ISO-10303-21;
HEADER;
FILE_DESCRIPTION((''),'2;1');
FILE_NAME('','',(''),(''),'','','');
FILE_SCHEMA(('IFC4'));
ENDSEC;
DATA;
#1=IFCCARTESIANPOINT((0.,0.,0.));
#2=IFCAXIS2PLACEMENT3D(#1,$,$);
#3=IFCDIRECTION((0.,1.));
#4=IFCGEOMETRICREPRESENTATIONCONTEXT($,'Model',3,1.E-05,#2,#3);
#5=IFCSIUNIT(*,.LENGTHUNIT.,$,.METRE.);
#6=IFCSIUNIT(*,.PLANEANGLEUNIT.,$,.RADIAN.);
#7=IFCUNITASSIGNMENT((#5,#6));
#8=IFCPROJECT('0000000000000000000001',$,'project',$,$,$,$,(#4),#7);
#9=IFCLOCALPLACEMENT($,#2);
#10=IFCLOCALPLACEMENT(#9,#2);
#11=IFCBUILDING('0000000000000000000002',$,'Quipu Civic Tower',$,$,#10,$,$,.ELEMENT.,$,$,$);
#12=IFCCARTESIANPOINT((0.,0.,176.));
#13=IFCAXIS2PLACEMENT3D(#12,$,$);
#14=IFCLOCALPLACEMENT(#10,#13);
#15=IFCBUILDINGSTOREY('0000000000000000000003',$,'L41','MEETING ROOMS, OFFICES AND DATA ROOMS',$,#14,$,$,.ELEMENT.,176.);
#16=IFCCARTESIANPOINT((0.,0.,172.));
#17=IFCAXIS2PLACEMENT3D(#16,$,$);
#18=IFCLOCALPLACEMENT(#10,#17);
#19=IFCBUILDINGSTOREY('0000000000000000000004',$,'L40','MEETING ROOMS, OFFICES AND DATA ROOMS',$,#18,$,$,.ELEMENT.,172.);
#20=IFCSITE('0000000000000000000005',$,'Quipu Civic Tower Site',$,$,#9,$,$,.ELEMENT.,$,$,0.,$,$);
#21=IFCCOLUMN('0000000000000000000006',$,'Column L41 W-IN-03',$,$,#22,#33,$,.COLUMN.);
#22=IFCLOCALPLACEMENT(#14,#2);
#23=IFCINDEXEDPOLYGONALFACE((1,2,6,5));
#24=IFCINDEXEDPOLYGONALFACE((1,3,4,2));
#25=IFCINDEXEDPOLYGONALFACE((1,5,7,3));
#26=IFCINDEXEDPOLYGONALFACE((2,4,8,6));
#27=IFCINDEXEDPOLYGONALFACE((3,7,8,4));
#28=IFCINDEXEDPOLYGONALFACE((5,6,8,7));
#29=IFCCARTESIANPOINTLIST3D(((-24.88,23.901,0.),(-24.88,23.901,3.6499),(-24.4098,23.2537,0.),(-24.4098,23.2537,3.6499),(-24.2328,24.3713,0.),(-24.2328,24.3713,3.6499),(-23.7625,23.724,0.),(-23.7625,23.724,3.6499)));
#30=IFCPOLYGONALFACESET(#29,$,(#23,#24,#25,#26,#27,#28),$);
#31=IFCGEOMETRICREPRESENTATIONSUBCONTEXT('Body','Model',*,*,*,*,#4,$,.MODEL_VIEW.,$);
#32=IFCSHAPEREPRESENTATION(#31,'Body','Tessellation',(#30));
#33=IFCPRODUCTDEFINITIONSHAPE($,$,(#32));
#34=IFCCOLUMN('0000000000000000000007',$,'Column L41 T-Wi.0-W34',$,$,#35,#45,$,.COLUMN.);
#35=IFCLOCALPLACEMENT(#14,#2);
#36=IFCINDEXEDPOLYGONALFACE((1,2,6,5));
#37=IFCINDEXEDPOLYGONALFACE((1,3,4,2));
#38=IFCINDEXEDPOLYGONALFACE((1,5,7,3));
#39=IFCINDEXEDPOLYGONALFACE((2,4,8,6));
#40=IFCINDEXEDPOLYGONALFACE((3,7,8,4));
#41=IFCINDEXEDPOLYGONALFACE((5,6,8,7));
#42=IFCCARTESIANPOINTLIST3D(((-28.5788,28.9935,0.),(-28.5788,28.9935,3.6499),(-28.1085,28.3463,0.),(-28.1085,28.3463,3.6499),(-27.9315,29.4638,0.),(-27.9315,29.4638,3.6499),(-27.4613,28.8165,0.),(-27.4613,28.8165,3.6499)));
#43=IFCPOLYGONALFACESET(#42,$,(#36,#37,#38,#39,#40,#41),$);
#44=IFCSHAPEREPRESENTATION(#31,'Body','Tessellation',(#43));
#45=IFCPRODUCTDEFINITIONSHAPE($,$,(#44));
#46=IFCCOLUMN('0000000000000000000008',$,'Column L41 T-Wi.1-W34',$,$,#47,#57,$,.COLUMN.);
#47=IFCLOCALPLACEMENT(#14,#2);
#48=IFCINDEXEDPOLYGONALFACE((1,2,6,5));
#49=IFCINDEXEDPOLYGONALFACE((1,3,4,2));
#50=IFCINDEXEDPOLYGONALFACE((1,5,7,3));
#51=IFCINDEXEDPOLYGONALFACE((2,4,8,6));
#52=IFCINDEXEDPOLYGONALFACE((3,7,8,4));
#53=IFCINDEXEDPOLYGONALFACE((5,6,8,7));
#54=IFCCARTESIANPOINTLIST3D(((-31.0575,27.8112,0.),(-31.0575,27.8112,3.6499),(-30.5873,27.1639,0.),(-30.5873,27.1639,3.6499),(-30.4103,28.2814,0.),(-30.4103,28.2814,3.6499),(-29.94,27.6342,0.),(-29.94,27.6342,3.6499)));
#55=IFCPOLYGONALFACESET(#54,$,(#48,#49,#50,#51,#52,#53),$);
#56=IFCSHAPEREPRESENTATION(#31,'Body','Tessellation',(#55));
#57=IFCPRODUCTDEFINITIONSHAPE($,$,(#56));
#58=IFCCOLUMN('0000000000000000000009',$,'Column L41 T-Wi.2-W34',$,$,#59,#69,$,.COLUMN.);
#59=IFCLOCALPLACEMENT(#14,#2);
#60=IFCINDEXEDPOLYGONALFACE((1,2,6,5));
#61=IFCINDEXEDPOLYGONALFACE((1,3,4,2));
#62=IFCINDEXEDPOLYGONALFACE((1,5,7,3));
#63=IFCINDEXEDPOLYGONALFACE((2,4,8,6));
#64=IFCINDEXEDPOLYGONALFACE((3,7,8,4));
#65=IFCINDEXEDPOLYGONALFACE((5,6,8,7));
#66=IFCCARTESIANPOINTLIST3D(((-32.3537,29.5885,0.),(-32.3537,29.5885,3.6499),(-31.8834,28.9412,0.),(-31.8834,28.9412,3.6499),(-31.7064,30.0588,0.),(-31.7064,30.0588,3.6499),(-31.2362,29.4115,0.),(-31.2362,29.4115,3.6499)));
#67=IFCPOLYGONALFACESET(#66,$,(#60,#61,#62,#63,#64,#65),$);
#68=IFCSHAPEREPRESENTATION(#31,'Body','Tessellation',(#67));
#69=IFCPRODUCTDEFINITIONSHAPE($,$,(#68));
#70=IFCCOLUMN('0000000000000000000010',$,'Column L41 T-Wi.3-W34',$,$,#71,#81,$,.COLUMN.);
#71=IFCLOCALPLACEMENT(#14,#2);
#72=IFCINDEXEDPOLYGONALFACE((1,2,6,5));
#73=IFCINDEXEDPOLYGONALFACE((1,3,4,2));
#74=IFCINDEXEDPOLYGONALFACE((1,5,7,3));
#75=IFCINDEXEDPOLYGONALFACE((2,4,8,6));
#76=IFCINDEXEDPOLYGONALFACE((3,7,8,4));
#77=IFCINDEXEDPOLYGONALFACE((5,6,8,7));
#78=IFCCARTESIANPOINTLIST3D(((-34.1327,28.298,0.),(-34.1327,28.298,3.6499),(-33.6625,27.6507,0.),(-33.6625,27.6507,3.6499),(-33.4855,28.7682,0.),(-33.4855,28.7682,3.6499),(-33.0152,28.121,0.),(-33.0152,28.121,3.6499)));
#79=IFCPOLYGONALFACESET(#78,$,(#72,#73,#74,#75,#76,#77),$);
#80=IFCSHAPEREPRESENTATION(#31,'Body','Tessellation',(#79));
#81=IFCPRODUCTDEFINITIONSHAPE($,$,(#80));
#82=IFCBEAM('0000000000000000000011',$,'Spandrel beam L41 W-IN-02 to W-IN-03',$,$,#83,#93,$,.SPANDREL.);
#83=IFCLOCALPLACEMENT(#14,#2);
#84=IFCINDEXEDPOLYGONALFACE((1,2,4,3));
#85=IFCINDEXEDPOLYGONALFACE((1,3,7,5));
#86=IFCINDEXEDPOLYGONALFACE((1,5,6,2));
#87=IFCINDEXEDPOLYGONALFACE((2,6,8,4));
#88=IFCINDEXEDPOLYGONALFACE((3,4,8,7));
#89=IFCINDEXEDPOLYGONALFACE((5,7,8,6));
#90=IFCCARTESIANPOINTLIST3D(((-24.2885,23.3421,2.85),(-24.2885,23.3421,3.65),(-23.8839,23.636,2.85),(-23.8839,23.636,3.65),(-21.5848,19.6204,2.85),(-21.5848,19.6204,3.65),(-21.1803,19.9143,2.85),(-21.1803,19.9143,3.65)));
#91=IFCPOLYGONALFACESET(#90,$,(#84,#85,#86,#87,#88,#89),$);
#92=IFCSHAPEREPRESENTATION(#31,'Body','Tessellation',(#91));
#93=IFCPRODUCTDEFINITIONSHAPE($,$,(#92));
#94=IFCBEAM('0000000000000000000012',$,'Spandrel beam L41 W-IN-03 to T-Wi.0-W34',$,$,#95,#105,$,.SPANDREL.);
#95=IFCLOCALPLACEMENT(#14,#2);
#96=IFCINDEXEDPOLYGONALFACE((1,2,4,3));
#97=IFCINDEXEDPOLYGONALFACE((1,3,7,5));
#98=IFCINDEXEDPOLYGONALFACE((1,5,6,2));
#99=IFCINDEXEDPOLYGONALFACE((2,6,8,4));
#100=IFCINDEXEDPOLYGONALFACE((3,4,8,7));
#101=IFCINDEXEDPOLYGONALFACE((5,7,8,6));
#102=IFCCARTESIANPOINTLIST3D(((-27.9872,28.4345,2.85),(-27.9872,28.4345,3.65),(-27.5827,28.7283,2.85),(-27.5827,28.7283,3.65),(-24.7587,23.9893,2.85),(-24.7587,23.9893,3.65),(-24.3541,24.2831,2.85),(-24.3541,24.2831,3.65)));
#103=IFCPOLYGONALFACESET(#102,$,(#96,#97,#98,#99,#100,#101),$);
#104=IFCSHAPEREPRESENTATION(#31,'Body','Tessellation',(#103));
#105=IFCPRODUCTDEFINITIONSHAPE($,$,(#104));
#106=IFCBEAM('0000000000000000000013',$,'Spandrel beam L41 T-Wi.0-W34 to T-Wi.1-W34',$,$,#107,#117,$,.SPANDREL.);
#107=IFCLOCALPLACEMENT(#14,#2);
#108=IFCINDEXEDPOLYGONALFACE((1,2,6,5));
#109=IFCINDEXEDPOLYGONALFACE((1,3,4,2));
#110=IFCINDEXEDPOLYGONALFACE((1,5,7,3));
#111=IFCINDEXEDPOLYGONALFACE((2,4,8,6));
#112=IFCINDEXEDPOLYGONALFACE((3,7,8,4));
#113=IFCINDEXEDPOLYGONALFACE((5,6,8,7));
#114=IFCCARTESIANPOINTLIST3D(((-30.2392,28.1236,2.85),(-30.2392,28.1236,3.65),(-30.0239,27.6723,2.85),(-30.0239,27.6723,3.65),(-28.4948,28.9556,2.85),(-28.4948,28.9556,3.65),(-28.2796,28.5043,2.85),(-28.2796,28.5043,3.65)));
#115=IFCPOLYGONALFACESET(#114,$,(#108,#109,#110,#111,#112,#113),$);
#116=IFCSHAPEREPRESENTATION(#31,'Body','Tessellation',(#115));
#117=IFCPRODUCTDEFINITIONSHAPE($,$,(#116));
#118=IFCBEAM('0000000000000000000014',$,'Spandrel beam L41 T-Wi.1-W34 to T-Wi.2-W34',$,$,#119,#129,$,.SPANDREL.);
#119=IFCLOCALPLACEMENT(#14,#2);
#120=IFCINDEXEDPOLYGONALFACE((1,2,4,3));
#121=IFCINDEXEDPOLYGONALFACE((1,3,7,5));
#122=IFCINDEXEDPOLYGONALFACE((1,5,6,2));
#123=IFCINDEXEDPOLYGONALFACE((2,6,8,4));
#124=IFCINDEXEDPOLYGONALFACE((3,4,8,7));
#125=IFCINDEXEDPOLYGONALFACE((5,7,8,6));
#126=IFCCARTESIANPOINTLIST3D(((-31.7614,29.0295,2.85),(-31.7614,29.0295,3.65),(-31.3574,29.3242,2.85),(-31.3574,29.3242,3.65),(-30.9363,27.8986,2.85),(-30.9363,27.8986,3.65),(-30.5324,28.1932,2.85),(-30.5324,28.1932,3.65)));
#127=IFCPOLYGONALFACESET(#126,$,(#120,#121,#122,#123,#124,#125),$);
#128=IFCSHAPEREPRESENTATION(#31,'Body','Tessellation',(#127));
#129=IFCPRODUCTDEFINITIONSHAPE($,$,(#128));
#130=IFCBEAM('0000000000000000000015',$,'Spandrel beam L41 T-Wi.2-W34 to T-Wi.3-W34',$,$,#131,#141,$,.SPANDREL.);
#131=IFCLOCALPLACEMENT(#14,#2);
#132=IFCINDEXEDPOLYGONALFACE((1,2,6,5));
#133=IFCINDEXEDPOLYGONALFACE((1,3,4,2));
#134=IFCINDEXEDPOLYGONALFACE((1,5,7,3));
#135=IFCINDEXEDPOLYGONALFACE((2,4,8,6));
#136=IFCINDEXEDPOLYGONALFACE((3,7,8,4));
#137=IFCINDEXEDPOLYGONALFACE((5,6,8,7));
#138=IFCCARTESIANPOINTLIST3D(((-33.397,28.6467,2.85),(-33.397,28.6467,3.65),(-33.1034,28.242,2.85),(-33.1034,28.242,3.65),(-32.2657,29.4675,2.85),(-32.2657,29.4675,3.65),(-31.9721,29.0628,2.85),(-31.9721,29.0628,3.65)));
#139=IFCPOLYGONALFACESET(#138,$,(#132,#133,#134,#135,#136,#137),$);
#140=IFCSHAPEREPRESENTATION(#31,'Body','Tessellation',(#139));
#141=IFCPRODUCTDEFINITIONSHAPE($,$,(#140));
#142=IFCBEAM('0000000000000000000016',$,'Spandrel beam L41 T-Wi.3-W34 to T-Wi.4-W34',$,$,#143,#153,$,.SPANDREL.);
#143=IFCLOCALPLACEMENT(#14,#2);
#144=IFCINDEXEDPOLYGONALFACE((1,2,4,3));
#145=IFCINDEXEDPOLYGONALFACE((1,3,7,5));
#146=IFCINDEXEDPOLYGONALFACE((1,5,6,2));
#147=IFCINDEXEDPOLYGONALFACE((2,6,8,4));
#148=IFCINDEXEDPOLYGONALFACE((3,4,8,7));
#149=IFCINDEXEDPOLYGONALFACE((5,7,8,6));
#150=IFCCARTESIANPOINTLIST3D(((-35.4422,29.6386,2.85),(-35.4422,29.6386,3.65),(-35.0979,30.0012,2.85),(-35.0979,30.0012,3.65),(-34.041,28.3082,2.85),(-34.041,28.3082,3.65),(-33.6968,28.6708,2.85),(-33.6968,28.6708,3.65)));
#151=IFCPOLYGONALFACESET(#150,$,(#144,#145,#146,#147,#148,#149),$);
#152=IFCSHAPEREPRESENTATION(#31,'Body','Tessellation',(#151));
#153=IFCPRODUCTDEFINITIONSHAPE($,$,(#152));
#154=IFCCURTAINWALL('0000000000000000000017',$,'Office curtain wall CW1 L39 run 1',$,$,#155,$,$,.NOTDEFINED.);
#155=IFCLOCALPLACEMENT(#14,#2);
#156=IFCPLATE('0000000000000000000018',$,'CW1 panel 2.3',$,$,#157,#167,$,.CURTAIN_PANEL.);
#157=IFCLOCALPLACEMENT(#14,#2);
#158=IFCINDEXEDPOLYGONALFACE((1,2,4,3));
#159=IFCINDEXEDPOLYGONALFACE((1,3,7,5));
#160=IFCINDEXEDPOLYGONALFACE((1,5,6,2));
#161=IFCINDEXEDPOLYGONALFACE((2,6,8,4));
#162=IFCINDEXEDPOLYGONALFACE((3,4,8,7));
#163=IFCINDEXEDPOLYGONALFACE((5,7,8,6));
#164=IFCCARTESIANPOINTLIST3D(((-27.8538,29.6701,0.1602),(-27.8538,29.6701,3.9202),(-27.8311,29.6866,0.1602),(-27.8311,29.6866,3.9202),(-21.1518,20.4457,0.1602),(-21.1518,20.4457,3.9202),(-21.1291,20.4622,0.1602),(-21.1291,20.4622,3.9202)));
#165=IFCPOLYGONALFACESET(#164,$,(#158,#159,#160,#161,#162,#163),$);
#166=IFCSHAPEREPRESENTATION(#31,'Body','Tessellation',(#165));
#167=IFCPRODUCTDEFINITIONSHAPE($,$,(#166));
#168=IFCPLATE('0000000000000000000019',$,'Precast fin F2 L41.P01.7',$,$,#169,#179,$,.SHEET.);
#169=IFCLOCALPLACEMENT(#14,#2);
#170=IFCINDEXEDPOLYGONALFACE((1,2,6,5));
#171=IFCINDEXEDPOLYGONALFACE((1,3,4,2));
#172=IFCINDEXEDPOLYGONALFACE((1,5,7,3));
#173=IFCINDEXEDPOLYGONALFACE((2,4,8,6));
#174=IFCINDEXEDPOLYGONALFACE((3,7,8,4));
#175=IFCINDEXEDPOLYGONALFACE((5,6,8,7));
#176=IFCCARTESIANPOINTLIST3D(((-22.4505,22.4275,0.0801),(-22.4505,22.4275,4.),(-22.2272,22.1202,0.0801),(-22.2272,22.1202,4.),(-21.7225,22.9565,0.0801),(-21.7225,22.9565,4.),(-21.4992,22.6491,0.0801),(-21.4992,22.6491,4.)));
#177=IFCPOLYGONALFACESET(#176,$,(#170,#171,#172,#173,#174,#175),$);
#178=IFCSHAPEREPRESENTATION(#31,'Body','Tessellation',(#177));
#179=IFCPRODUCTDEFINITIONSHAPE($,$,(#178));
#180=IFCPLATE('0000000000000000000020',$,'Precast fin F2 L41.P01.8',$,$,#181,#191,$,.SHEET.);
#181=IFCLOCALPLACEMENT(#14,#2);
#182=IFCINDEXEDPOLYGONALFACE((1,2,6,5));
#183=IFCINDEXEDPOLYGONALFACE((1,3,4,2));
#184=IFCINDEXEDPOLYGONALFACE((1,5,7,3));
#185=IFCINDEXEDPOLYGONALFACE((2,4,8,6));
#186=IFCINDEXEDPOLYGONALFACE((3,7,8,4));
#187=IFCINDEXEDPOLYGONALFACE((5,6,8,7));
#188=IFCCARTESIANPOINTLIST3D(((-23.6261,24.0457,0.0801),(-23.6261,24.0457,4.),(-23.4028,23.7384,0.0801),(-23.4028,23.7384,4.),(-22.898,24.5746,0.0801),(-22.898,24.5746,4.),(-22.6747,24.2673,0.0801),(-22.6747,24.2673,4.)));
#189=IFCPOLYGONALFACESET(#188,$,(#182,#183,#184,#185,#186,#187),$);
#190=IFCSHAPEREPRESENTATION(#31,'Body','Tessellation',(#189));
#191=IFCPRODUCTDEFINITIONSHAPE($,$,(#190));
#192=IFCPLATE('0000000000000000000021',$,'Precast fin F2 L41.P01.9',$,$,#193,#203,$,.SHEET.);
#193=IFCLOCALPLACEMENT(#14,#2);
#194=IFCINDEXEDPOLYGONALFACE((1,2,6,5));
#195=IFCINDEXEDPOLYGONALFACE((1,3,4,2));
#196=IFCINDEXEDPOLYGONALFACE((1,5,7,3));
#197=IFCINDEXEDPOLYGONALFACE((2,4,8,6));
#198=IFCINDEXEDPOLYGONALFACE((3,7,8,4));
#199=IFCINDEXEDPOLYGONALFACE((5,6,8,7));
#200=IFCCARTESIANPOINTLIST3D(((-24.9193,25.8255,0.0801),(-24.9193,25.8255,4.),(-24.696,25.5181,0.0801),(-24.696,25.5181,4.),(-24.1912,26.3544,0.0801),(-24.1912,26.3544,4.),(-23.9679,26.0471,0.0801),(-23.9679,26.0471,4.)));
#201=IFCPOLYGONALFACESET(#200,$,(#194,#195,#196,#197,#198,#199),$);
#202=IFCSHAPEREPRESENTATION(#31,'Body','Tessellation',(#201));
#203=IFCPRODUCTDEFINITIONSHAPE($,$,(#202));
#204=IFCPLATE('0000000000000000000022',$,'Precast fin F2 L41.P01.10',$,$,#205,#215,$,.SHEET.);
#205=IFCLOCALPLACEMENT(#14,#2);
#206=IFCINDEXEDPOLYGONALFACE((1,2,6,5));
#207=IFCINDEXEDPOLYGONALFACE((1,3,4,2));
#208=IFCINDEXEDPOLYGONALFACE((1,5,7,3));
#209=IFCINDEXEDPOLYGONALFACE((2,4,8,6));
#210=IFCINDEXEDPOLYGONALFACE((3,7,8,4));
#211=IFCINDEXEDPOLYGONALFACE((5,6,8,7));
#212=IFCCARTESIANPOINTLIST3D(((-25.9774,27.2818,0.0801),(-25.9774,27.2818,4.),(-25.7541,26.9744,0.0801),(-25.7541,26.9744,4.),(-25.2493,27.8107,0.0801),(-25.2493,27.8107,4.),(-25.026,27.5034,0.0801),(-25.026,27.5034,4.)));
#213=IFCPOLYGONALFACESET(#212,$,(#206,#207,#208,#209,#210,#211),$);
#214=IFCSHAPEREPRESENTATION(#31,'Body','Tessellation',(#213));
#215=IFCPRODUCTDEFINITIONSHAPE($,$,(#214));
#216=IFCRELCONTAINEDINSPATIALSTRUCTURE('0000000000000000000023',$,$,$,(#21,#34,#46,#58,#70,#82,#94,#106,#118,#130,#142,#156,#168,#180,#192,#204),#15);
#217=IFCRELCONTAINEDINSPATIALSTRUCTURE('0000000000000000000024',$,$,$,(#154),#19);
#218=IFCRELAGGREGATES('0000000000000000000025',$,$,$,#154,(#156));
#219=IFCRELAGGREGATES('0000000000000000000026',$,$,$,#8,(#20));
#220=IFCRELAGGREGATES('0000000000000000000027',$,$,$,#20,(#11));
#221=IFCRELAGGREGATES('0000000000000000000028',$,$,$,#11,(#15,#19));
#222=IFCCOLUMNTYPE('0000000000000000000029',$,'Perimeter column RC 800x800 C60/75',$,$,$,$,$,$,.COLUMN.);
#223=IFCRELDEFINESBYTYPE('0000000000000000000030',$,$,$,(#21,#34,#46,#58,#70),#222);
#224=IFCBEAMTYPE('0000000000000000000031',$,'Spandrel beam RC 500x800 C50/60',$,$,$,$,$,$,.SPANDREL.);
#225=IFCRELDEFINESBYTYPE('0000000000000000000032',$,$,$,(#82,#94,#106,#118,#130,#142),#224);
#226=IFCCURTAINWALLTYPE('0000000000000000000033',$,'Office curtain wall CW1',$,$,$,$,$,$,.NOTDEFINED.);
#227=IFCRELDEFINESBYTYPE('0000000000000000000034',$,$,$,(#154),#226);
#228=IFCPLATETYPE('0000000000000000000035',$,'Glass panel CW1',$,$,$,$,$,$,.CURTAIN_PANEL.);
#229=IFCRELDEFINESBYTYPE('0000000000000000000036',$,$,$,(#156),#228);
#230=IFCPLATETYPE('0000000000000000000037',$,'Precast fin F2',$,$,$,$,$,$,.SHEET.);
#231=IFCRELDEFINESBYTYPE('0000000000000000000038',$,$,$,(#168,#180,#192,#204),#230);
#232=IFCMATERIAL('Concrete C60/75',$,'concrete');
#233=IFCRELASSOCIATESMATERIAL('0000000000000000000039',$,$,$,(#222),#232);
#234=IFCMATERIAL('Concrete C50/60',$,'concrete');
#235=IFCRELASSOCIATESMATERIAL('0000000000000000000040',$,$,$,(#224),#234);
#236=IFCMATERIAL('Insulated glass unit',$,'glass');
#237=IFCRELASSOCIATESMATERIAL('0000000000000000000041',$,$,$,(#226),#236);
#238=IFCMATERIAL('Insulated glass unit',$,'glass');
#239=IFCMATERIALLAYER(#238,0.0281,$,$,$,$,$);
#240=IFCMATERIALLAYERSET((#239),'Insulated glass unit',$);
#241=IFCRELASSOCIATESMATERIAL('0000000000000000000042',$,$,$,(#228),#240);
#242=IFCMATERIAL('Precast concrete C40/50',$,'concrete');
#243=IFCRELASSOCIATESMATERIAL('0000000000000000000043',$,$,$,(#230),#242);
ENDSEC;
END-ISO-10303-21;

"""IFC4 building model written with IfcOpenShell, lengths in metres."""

from ifc_helpers import new_model, si_unit, direction, frame, origin, origin_2d, place, context, subcontext, project, spatial, rectangle, extrude, material, layer, layer_set, material_profile, profile_set, type_object, element, aggregate, save


model = new_model("IFC4")

# Units and contexts
model_context = context("Model", 3, precision=1e-05, world=origin(), true_north=direction((0.0, 1.0)))
body_context = subcontext(model_context, "Body", "Model", "MODEL_VIEW")
ifc_project = project(units=[si_unit("LENGTHUNIT", "METRE"), si_unit("PLANEANGLEUNIT", "RADIAN")], contexts=[model_context])

# Site, building, storey
site_placement = place(None, origin())
site = spatial("IfcSite", under=ifc_project, at=site_placement, Name="Quipu Civic Tower Site", CompositionType="ELEMENT", RefElevation=0.0)
building_placement = place(site_placement, origin())
building = spatial("IfcBuilding", under=site, at=building_placement, Name="Quipu Civic Tower", CompositionType="ELEMENT")
storey_1_placement = place(building_placement, frame((0.0, 0.0, 176.0)))
storey_1 = spatial("IfcBuildingStorey", under=building, at=storey_1_placement, Name="L41", Description="MEETING ROOMS, OFFICES AND DATA ROOMS", CompositionType="ELEMENT", Elevation=176.0)

# Columns
ifc_material_1 = material(Name="Concrete C60/75", Category="concrete")
ifc_material_profile_1 = material_profile(ifc_material_1, rectangle(XDim=0.8, YDim=0.8, at=origin_2d()), Name="RC800x800")
ifc_profile_set_1 = profile_set([ifc_material_profile_1], Name="Concrete C60/75")
column_type = type_object("IfcColumnType", Name="Perimeter column RC 800x800 C60/75", PredefinedType="COLUMN", material=ifc_profile_set_1)
for number, where, z_axis, x_axis, name in (
    (1, (-24.3213, 23.8125, 0.0), (0.0, 0.0, 1.0), (-0.587785, 0.809017, 0.0), "Column L41 W-IN-03"),
    (2, (-28.02, 28.905, 0.0), (0.0, 0.0, 1.0), (-0.809017, -0.587785, 0.0), "Column L41 T-Wi.0-W34"),
    (3, (-30.4988, 27.7227, 0.0), (0.0, 0.0, 1.0), (-0.809017, -0.587785, 0.0), "Column L41 T-Wi.1-W34"),
    (4, (-31.7949, 29.5, 0.0), (0.0, 0.0, 1.0), (-0.587785, 0.809017, 0.0), "Column L41 T-Wi.2-W34"),
    (5, (-33.574, 28.2095, 0.0), (0.0, 0.0, 1.0), (-0.587785, 0.809017, 0.0), "Column L41 T-Wi.3-W34"),
):
    element("IfcColumn", number, at=place(storey_1_placement, frame(where, z_axis=z_axis, x_axis=x_axis)), inside=storey_1, type_object=column_type, Name=name, PredefinedType="COLUMN", context=body_context, shape_type="SweptSolid", body=[
        extrude(rectangle(XDim=0.8, YDim=0.8, at=origin_2d()), origin(), (0.0, 0.0, 1.0), 3.6499),
    ])

# Beams
ifc_material_2 = material(Name="Concrete C50/60", Category="concrete")
ifc_material_profile_2 = material_profile(ifc_material_2, rectangle(XDim=0.5, YDim=0.8, at=origin_2d()), Name="RC500x800")
ifc_profile_set_2 = profile_set([ifc_material_profile_2], Name="Concrete C50/60")
beam_type = type_object("IfcBeamType", Name="Spandrel beam RC 500x800 C50/60", PredefinedType="SPANDREL", material=ifc_profile_set_2)
beam_1_placement = place(storey_1_placement, frame((-21.3826, 19.7673, 3.25), z_axis=(-0.587736, 0.809053, 0.0), x_axis=(-0.809053, -0.587736, 0.0)))
element("IfcBeam", 6, at=beam_1_placement, inside=storey_1, type_object=beam_type, Name="Spandrel beam L41 W-IN-02 to W-IN-03", PredefinedType="SPANDREL", context=body_context, shape_type="SweptSolid", body=[
    extrude(rectangle(XDim=0.5, YDim=0.8, at=origin_2d()), origin(), (0.0, 0.0, 1.0), 4.6001),
])
beam_2_placement = place(storey_1_placement, frame((-24.5564, 24.1362, 3.25), z_axis=(-0.587664, 0.809105, 0.0), x_axis=(-0.809105, -0.587664, 0.0)))
element("IfcBeam", 7, at=beam_2_placement, inside=storey_1, type_object=beam_type, Name="Spandrel beam L41 W-IN-03 to T-Wi.0-W34", PredefinedType="SPANDREL", context=body_context, shape_type="SweptSolid", body=[
    extrude(rectangle(XDim=0.5, YDim=0.8, at=origin_2d()), origin(), (0.0, 0.0, 1.0), 5.4939),
])
beam_3_placement = place(storey_1_placement, frame((-28.3872, 28.73, 3.25), z_axis=(-0.902585, -0.430512, 0.0), x_axis=(0.430512, -0.902585, 0.0)))
element("IfcBeam", 8, at=beam_3_placement, inside=storey_1, type_object=beam_type, Name="Spandrel beam L41 T-Wi.0-W34 to T-Wi.1-W34", PredefinedType="SPANDREL", context=body_context, shape_type="SweptSolid", body=[
    extrude(rectangle(XDim=0.5, YDim=0.8, at=origin_2d()), origin(), (0.0, 0.0, 1.0), 1.9326),
])
beam_4_placement = place(storey_1_placement, frame((-30.7344, 28.0459, 3.25), z_axis=(-0.589343, 0.807883, 0.0), x_axis=(-0.807883, -0.589343, 0.0)))
element("IfcBeam", 9, at=beam_4_placement, inside=storey_1, type_object=beam_type, Name="Spandrel beam L41 T-Wi.1-W34 to T-Wi.2-W34", PredefinedType="SPANDREL", context=body_context, shape_type="SweptSolid", body=[
    extrude(rectangle(XDim=0.5, YDim=0.8, at=origin_2d()), origin(), (0.0, 0.0, 1.0), 1.3999),
])
beam_5_placement = place(storey_1_placement, frame((-32.1189, 29.2651, 3.25), z_axis=(-0.809415, -0.587237, 0.0), x_axis=(0.587237, -0.809415, 0.0)))
element("IfcBeam", 10, at=beam_5_placement, inside=storey_1, type_object=beam_type, Name="Spandrel beam L41 T-Wi.2-W34 to T-Wi.3-W34", PredefinedType="SPANDREL", context=body_context, shape_type="SweptSolid", body=[
    extrude(rectangle(XDim=0.5, YDim=0.8, at=origin_2d()), origin(), (0.0, 0.0, 1.0), 1.3977),
])
beam_6_placement = place(storey_1_placement, frame((-33.8689, 28.4895, 3.25), z_axis=(-0.725192, 0.688547, 0.0), x_axis=(-0.688547, -0.725192, 0.0)))
element("IfcBeam", 11, at=beam_6_placement, inside=storey_1, type_object=beam_type, Name="Spandrel beam L41 T-Wi.3-W34 to T-Wi.4-W34", PredefinedType="SPANDREL", context=body_context, shape_type="SweptSolid", body=[
    extrude(rectangle(XDim=0.5, YDim=0.8, at=origin_2d()), origin(), (0.0, 0.0, 1.0), 1.9321),
])

# Shared definitions
storey_2_placement = place(building_placement, frame((0.0, 0.0, 172.0)))
storey_2 = spatial("IfcBuildingStorey", under=building, at=storey_2_placement, Name="L40", Description="MEETING ROOMS, OFFICES AND DATA ROOMS", CompositionType="ELEMENT", Elevation=172.0)

# Curtain wall, plate
ifc_material_3 = material(Name="Insulated glass unit", Category="glass")
curtain_wall_type = type_object("IfcCurtainWallType", Name="Office curtain wall CW1", PredefinedType="NOTDEFINED", material=ifc_material_3)
curtain_wall_placement = place(storey_2_placement, origin())
curtain_wall = element("IfcCurtainWall", 12, at=curtain_wall_placement, inside=storey_2, type_object=curtain_wall_type, Name="Office curtain wall CW1 L39 run 1", PredefinedType="NOTDEFINED")
ifc_material_4 = material(Name="Insulated glass unit", Category="glass")
ifc_layer_1 = layer(ifc_material_4, 0.0281)
ifc_layer_set_1 = layer_set([ifc_layer_1], Name="Insulated glass unit")
plate_type_1 = type_object("IfcPlateType", Name="Glass panel CW1", PredefinedType="CURTAIN_PANEL", material=ifc_layer_set_1)
plate_placement = place(storey_1_placement, frame((-24.4915, 25.0662, 0.1602), z_axis=(0.0, 0.0, 1.0), x_axis=(-0.587789, 0.809014, 0.0)))
plate = element("IfcPlate", 13, at=plate_placement, inside=storey_1, type_object=plate_type_1, Name="CW1 panel 2.3", PredefinedType="CURTAIN_PANEL", context=body_context, shape_type="SweptSolid", body=[
    extrude(rectangle(XDim=11.4021, YDim=0.0281, at=origin_2d()), origin(), (0.0, 0.0, 1.0), 3.76),
])
aggregate(curtain_wall, [plate])

# Plates
ifc_material_5 = material(Name="Precast concrete C40/50", Category="concrete")
plate_type_2 = type_object("IfcPlateType", Name="Precast fin F2", PredefinedType="SHEET", material=ifc_material_5)
for number, where, z_axis, x_axis, name in (
    (14, (-21.9749, 22.5383, 0.0801), (0.0, 0.0, 1.0), (-0.587787, 0.809016, 0.0), "Precast fin F2 L41.P01.7"),
    (15, (-23.1504, 24.1565, 0.0801), (0.0, 0.0, 1.0), (-0.587787, 0.809016, 0.0), "Precast fin F2 L41.P01.8"),
    (16, (-24.4436, 25.9363, 0.0801), (0.0, 0.0, 1.0), (-0.587787, 0.809016, 0.0), "Precast fin F2 L41.P01.9"),
    (17, (-25.5017, 27.3926, 0.0801), (0.0, 0.0, 1.0), (-0.587787, 0.809016, 0.0), "Precast fin F2 L41.P01.10"),
):
    element("IfcPlate", number, at=place(storey_1_placement, frame(where, z_axis=z_axis, x_axis=x_axis)), inside=storey_1, type_object=plate_type_2, Name=name, PredefinedType="SHEET", context=body_context, shape_type="SweptSolid", body=[
        extrude(rectangle(XDim=0.3799, YDim=0.8999, at=origin_2d()), origin(), (0.0, 0.0, 1.0), 3.9199),
    ])

save(model, "model.ifc")
